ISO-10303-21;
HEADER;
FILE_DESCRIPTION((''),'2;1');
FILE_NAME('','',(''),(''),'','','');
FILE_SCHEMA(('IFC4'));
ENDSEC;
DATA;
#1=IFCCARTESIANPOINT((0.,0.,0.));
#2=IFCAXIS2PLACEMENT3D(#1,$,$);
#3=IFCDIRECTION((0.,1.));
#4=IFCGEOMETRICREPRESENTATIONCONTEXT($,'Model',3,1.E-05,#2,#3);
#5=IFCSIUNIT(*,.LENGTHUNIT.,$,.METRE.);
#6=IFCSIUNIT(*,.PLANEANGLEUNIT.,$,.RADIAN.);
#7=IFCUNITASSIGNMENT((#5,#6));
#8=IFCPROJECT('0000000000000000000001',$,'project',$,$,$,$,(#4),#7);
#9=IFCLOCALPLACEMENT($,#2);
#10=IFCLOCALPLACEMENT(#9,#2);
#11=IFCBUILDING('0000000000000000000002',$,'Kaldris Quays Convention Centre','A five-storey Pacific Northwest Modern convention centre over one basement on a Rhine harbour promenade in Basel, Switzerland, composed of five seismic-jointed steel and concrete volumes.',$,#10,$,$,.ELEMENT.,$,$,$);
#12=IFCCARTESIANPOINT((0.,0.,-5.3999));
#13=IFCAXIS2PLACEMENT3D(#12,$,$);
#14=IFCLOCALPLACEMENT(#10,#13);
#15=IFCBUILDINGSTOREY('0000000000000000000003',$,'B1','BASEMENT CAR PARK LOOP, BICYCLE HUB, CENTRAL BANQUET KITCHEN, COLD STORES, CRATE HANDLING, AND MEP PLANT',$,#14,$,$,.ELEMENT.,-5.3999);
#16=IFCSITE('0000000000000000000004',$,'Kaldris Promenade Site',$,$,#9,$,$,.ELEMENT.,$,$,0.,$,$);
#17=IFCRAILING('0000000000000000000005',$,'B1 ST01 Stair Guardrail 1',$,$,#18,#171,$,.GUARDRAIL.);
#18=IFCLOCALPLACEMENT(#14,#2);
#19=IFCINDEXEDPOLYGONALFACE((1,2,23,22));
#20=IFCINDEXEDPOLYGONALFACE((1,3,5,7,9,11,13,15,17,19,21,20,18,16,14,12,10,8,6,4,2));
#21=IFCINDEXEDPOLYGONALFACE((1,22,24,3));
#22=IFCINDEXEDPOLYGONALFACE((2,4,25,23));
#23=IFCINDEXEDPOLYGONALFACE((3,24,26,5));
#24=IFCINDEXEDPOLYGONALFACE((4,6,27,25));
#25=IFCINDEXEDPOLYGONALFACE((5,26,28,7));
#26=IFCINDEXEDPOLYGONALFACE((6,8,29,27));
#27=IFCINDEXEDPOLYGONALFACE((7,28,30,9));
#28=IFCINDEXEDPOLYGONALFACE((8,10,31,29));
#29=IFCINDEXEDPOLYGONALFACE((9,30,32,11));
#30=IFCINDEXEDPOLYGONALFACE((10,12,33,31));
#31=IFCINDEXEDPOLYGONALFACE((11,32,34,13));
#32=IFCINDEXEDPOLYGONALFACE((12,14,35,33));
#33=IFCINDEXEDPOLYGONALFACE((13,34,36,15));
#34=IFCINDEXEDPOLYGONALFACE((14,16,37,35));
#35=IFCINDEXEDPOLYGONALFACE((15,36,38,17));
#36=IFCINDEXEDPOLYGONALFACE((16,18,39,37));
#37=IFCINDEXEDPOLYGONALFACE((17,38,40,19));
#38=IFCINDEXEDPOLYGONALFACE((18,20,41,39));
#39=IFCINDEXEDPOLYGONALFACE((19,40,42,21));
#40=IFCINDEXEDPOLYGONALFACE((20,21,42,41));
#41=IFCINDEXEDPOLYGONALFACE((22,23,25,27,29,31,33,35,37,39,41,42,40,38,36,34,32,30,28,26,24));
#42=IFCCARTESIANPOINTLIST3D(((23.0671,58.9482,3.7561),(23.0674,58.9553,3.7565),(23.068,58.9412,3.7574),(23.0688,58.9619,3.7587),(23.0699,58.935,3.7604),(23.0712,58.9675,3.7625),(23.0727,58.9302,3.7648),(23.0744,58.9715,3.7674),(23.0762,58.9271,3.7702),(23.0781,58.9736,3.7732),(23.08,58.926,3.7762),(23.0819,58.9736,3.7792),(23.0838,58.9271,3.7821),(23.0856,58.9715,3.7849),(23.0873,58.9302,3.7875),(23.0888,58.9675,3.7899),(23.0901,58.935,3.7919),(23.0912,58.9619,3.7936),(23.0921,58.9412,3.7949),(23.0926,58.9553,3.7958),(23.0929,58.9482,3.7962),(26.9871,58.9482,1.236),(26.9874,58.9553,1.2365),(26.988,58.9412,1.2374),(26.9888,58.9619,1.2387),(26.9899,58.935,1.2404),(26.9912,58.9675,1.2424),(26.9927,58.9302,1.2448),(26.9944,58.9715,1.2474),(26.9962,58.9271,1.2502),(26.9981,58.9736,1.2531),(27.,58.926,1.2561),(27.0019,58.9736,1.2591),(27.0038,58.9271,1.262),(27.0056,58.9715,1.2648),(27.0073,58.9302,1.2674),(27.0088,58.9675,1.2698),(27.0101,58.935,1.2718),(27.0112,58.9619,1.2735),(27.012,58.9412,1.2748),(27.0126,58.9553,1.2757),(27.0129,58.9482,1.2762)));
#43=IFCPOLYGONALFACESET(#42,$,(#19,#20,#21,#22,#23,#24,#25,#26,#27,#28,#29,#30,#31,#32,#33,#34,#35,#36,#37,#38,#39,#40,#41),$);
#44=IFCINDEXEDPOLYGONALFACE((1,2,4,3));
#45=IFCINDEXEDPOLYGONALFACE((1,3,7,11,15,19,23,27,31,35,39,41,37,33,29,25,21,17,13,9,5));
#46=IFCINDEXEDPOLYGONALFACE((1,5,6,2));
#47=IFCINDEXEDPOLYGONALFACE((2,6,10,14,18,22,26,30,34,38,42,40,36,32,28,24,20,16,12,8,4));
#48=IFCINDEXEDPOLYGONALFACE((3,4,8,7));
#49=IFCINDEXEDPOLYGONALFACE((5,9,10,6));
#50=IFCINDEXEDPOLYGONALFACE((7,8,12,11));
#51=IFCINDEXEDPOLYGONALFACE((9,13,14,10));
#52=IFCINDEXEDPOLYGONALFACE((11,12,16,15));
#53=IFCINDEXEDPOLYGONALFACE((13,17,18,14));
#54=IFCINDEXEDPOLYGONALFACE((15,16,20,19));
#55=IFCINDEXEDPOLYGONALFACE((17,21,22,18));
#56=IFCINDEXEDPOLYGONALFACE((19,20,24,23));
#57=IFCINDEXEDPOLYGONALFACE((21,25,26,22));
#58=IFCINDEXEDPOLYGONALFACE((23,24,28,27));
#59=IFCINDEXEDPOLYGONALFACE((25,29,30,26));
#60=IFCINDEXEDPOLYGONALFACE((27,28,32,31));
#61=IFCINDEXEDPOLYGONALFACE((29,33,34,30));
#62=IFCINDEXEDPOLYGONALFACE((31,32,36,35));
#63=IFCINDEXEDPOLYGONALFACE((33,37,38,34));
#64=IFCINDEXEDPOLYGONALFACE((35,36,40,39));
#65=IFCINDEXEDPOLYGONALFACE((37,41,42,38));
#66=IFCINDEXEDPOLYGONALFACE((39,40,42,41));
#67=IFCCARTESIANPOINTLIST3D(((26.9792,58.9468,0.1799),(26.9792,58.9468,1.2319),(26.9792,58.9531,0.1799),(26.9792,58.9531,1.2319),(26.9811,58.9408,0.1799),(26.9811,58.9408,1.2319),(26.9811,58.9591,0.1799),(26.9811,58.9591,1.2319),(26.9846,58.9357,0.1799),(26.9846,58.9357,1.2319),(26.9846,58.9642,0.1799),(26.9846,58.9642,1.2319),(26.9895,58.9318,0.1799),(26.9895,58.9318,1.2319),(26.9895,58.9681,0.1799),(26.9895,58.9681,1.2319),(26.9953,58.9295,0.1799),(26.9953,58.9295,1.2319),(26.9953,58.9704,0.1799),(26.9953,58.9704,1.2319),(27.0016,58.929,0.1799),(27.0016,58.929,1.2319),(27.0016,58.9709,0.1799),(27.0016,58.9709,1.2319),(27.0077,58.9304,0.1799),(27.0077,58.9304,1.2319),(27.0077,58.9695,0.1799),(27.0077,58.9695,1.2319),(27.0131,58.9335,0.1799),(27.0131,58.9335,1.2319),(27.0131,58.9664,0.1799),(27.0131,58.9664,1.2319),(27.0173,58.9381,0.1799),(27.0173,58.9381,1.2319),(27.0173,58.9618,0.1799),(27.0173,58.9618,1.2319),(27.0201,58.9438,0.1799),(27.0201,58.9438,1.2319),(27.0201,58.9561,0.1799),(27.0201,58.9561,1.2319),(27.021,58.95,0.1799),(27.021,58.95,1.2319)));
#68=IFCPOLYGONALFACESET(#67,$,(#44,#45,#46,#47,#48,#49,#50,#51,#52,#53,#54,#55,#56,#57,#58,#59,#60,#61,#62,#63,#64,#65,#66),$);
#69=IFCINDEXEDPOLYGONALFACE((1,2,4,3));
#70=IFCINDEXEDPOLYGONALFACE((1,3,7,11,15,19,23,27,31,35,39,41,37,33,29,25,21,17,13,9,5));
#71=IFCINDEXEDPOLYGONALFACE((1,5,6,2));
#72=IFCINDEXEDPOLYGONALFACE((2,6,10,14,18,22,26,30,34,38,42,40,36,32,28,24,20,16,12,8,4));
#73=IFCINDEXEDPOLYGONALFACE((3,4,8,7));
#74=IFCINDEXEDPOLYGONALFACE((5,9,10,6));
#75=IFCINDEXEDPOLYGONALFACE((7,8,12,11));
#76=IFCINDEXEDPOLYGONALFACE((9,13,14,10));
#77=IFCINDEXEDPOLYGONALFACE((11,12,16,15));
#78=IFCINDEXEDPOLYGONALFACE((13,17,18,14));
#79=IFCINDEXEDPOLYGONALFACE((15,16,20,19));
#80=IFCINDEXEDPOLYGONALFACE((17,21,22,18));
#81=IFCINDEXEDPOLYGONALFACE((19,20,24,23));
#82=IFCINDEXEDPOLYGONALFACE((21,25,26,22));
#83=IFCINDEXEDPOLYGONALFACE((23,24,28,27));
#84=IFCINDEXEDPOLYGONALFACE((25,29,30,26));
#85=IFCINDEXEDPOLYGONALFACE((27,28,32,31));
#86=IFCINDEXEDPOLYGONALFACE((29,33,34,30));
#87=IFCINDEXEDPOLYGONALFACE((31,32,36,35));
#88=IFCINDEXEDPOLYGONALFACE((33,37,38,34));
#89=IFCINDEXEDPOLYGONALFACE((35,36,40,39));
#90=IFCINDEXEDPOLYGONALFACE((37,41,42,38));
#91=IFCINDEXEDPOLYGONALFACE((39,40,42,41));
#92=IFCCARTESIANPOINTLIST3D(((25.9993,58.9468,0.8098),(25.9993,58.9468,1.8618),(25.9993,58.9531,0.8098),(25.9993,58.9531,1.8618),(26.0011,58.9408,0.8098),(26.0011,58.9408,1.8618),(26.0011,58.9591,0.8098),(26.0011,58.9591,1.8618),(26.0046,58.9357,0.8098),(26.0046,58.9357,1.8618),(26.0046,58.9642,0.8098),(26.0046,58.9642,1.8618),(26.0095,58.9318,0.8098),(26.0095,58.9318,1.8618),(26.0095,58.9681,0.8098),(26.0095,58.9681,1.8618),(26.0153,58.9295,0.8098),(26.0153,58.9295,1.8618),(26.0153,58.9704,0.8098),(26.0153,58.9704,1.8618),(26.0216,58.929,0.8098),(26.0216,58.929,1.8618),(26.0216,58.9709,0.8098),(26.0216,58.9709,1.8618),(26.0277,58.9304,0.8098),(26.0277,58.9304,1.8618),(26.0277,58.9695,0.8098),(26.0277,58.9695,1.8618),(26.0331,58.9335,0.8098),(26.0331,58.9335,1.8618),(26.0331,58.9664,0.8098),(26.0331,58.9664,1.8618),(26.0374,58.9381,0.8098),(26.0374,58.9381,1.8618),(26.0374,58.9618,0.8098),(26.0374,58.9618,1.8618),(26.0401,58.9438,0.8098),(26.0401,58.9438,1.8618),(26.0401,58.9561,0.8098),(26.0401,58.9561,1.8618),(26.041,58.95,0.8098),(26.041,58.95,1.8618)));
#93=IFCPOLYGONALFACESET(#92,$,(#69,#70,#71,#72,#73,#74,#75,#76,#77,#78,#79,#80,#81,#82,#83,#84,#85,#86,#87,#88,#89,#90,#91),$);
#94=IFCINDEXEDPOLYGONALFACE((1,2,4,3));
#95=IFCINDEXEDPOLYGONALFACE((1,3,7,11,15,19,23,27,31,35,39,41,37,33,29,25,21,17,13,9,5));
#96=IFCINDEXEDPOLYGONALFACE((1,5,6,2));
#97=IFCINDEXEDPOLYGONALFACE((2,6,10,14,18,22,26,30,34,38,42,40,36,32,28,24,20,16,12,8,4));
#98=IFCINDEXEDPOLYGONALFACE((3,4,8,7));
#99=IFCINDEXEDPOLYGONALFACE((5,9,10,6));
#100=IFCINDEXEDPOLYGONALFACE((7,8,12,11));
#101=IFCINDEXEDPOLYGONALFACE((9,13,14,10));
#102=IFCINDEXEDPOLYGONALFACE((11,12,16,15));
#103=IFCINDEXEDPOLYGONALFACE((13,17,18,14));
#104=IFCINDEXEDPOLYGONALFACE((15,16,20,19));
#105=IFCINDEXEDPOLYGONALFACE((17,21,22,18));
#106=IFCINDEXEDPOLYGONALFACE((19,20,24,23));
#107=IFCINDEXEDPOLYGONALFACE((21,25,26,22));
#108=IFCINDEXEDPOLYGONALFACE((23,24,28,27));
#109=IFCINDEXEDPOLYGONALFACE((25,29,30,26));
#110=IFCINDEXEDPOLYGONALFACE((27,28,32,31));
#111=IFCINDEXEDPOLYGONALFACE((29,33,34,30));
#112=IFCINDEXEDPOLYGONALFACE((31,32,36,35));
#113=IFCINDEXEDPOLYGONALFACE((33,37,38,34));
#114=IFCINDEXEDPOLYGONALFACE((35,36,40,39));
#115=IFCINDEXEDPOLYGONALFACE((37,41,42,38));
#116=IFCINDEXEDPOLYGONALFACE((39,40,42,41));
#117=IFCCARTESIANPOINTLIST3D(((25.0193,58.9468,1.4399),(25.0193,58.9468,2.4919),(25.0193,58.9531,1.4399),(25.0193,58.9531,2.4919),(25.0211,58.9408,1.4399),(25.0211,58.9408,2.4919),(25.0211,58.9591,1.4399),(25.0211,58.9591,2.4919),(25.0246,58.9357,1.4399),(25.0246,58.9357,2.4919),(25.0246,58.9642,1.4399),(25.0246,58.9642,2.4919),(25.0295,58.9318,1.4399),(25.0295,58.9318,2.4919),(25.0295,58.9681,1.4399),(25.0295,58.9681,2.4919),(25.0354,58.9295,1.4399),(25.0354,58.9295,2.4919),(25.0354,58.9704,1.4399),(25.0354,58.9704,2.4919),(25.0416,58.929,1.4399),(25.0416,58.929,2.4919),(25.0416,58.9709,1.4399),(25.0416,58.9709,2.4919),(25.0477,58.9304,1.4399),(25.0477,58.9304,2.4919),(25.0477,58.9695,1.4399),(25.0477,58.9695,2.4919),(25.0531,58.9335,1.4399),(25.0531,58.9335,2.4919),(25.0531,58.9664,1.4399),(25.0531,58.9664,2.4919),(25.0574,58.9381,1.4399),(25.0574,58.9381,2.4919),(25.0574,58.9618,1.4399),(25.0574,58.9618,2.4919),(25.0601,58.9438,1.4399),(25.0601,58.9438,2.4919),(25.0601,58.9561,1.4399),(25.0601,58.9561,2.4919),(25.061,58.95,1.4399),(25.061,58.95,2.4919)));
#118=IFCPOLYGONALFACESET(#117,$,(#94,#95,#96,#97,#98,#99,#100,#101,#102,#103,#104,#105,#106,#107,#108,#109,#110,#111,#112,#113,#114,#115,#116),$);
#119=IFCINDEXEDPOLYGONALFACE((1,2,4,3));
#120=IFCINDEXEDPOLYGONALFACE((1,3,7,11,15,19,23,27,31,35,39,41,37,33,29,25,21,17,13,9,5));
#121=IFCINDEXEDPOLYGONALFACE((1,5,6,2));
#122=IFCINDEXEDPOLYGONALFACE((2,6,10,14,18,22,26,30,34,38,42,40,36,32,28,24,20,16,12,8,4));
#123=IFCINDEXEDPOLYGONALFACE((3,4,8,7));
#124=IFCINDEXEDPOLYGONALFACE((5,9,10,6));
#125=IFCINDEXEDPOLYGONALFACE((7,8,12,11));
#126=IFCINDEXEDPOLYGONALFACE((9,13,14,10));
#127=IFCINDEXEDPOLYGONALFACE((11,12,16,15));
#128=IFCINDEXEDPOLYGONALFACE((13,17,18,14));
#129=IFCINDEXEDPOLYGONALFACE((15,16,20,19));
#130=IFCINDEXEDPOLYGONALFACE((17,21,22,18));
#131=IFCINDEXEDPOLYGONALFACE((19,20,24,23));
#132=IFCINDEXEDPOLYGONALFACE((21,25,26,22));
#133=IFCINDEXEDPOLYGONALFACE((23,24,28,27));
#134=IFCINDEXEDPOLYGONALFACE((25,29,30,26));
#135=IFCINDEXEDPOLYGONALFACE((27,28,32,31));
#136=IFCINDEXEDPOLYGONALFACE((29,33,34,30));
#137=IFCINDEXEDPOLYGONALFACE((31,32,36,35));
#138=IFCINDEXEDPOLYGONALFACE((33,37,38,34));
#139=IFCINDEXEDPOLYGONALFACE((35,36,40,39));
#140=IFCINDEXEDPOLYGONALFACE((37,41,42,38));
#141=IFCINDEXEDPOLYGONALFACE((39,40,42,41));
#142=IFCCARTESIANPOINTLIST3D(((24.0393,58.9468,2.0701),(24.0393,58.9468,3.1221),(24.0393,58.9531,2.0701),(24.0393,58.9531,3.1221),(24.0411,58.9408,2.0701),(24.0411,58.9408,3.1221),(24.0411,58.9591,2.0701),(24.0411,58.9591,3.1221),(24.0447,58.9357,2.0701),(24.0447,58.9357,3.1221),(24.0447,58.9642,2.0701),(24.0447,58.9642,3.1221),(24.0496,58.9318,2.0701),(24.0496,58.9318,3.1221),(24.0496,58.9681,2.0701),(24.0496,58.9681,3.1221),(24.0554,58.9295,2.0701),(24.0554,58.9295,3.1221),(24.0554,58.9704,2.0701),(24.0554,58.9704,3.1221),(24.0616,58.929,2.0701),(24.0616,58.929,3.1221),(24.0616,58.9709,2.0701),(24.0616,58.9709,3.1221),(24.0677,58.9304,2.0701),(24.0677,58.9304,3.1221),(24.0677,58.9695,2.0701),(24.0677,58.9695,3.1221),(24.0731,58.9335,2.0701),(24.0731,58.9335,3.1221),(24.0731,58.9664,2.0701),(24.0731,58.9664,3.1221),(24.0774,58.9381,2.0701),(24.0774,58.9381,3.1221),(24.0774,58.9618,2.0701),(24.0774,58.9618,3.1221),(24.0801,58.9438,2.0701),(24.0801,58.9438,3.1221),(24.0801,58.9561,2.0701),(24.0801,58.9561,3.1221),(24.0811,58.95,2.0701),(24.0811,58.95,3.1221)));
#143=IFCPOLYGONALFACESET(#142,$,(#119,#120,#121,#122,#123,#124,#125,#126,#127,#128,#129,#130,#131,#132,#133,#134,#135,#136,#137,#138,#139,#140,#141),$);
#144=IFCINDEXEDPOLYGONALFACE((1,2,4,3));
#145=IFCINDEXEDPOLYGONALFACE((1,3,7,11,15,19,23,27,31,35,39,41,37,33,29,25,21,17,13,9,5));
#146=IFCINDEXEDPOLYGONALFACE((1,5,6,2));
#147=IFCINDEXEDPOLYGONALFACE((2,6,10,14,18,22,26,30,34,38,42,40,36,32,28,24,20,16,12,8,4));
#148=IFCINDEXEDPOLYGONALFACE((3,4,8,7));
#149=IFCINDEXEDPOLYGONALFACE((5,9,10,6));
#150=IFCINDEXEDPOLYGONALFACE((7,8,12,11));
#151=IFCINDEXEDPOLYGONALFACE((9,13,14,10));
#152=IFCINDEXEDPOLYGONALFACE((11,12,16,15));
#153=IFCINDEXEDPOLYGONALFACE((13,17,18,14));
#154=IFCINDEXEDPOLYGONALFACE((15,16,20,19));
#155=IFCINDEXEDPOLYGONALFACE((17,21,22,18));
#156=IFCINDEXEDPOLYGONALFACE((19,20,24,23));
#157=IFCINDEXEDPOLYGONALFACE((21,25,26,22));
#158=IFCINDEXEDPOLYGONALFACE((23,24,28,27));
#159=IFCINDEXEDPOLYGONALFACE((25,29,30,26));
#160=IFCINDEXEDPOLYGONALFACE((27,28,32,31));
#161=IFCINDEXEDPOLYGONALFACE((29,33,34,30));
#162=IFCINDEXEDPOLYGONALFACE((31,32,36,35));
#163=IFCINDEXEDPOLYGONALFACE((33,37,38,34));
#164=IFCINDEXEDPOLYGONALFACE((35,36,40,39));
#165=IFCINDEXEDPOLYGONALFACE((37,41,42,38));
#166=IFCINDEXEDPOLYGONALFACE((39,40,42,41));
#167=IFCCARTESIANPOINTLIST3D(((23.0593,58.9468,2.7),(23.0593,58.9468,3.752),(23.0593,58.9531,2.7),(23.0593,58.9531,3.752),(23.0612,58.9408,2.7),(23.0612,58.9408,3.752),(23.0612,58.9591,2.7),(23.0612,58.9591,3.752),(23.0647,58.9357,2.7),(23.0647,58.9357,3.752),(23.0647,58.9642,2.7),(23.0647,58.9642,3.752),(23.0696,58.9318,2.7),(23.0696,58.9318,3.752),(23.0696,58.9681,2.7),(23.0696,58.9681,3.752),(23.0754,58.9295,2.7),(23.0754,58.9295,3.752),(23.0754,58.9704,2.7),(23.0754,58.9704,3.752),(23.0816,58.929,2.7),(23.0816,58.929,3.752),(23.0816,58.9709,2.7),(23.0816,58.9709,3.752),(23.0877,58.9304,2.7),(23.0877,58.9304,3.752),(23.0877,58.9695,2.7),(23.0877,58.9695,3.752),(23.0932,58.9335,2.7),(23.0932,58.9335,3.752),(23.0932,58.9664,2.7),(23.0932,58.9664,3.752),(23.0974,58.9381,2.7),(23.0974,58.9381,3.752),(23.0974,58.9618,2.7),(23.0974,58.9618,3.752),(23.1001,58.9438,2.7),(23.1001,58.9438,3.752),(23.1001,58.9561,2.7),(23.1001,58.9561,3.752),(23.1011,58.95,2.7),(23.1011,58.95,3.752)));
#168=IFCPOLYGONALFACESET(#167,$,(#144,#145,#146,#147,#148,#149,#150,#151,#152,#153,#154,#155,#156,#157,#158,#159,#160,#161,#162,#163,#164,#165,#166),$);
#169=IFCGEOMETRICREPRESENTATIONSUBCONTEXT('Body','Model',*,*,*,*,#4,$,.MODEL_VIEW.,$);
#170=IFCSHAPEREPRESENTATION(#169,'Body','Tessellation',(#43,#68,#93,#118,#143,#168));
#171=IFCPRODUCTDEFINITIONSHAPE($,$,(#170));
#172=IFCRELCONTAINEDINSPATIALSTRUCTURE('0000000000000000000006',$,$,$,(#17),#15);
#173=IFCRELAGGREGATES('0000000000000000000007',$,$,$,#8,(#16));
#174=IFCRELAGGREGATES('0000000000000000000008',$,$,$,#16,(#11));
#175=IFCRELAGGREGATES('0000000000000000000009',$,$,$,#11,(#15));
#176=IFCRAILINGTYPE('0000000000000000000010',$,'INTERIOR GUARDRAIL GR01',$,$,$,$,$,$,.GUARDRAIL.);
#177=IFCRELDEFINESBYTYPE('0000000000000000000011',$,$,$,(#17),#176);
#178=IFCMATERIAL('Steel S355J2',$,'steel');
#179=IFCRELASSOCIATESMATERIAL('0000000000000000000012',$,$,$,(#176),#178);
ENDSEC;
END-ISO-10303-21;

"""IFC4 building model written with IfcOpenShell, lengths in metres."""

from ifc_helpers import new_model, si_unit, direction, frame, origin, origin_2d, place, context, subcontext, project, spatial, circle, extrude, material, type_object, element, save


model = new_model("IFC4")

# Units and contexts
model_context = context("Model", 3, precision=1e-05, world=origin(), true_north=direction((0.0, 1.0)))
body_context = subcontext(model_context, "Body", "Model", "MODEL_VIEW")
ifc_project = project(units=[si_unit("LENGTHUNIT", "METRE"), si_unit("PLANEANGLEUNIT", "RADIAN")], contexts=[model_context])

# Site, building, storey
site_placement = place(None, origin())
site = spatial("IfcSite", under=ifc_project, at=site_placement, Name="Kaldris Promenade Site", CompositionType="ELEMENT", RefElevation=0.0)
building_placement = place(site_placement, origin())
building = spatial("IfcBuilding", under=site, at=building_placement, Name="Kaldris Quays Convention Centre", Description="A five-storey Pacific Northwest Modern convention centre over one basement on a Rhine harbour promenade in Basel, Switzerland, composed of five seismic-jointed steel and concrete volumes.", CompositionType="ELEMENT")
storey_placement = place(building_placement, frame((0.0, 0.0, -5.3999)))
storey = spatial("IfcBuildingStorey", under=building, at=storey_placement, Name="B1", Description="BASEMENT CAR PARK LOOP, BICYCLE HUB, CENTRAL BANQUET KITCHEN, COLD STORES, CRATE HANDLING, AND MEP PLANT", CompositionType="ELEMENT", Elevation=-5.3999)

# Shared definitions
ifc_material_1 = material(Name="Steel S355J2", Category="steel")

# Railing
railing_type_1 = type_object("IfcRailingType", Name="INTERIOR GUARDRAIL GR01", PredefinedType="GUARDRAIL", material=ifc_material_1)
railing_1_placement = place(storey_placement, frame((27.0, 58.95, 0.1799)))
element("IfcRailing", 1, at=railing_1_placement, inside=storey, type_object=railing_type_1, Name="B1 ST01 Stair Guardrail 1", PredefinedType="GUARDRAIL", context=body_context, shape_type="SweptSolid", body=[
    extrude(circle(Radius=0.0239, at=origin_2d()), frame((0.0, 0.0, 1.0762), z_axis=(-0.841172, 0.0, 0.540768), x_axis=(0.0, -1.0, 0.0)), (0.0, 0.0, 1.0), 4.6602),
    extrude(circle(Radius=0.021, at=origin_2d()), origin(), (0.0, 0.0, 1.0), 1.052),
    extrude(circle(Radius=0.021, at=origin_2d()), frame((-0.98, 0.0, 0.6299)), (0.0, 0.0, 1.0), 1.052),
    extrude(circle(Radius=0.021, at=origin_2d()), frame((-1.96, 0.0, 1.26)), (0.0, 0.0, 1.0), 1.052),
    extrude(circle(Radius=0.021, at=origin_2d()), frame((-2.9399, 0.0, 1.8901)), (0.0, 0.0, 1.0), 1.052),
    extrude(circle(Radius=0.021, at=origin_2d()), frame((-3.9199, 0.0, 2.52)), (0.0, 0.0, 1.0), 1.052),
])

save(model, "model.ifc")
